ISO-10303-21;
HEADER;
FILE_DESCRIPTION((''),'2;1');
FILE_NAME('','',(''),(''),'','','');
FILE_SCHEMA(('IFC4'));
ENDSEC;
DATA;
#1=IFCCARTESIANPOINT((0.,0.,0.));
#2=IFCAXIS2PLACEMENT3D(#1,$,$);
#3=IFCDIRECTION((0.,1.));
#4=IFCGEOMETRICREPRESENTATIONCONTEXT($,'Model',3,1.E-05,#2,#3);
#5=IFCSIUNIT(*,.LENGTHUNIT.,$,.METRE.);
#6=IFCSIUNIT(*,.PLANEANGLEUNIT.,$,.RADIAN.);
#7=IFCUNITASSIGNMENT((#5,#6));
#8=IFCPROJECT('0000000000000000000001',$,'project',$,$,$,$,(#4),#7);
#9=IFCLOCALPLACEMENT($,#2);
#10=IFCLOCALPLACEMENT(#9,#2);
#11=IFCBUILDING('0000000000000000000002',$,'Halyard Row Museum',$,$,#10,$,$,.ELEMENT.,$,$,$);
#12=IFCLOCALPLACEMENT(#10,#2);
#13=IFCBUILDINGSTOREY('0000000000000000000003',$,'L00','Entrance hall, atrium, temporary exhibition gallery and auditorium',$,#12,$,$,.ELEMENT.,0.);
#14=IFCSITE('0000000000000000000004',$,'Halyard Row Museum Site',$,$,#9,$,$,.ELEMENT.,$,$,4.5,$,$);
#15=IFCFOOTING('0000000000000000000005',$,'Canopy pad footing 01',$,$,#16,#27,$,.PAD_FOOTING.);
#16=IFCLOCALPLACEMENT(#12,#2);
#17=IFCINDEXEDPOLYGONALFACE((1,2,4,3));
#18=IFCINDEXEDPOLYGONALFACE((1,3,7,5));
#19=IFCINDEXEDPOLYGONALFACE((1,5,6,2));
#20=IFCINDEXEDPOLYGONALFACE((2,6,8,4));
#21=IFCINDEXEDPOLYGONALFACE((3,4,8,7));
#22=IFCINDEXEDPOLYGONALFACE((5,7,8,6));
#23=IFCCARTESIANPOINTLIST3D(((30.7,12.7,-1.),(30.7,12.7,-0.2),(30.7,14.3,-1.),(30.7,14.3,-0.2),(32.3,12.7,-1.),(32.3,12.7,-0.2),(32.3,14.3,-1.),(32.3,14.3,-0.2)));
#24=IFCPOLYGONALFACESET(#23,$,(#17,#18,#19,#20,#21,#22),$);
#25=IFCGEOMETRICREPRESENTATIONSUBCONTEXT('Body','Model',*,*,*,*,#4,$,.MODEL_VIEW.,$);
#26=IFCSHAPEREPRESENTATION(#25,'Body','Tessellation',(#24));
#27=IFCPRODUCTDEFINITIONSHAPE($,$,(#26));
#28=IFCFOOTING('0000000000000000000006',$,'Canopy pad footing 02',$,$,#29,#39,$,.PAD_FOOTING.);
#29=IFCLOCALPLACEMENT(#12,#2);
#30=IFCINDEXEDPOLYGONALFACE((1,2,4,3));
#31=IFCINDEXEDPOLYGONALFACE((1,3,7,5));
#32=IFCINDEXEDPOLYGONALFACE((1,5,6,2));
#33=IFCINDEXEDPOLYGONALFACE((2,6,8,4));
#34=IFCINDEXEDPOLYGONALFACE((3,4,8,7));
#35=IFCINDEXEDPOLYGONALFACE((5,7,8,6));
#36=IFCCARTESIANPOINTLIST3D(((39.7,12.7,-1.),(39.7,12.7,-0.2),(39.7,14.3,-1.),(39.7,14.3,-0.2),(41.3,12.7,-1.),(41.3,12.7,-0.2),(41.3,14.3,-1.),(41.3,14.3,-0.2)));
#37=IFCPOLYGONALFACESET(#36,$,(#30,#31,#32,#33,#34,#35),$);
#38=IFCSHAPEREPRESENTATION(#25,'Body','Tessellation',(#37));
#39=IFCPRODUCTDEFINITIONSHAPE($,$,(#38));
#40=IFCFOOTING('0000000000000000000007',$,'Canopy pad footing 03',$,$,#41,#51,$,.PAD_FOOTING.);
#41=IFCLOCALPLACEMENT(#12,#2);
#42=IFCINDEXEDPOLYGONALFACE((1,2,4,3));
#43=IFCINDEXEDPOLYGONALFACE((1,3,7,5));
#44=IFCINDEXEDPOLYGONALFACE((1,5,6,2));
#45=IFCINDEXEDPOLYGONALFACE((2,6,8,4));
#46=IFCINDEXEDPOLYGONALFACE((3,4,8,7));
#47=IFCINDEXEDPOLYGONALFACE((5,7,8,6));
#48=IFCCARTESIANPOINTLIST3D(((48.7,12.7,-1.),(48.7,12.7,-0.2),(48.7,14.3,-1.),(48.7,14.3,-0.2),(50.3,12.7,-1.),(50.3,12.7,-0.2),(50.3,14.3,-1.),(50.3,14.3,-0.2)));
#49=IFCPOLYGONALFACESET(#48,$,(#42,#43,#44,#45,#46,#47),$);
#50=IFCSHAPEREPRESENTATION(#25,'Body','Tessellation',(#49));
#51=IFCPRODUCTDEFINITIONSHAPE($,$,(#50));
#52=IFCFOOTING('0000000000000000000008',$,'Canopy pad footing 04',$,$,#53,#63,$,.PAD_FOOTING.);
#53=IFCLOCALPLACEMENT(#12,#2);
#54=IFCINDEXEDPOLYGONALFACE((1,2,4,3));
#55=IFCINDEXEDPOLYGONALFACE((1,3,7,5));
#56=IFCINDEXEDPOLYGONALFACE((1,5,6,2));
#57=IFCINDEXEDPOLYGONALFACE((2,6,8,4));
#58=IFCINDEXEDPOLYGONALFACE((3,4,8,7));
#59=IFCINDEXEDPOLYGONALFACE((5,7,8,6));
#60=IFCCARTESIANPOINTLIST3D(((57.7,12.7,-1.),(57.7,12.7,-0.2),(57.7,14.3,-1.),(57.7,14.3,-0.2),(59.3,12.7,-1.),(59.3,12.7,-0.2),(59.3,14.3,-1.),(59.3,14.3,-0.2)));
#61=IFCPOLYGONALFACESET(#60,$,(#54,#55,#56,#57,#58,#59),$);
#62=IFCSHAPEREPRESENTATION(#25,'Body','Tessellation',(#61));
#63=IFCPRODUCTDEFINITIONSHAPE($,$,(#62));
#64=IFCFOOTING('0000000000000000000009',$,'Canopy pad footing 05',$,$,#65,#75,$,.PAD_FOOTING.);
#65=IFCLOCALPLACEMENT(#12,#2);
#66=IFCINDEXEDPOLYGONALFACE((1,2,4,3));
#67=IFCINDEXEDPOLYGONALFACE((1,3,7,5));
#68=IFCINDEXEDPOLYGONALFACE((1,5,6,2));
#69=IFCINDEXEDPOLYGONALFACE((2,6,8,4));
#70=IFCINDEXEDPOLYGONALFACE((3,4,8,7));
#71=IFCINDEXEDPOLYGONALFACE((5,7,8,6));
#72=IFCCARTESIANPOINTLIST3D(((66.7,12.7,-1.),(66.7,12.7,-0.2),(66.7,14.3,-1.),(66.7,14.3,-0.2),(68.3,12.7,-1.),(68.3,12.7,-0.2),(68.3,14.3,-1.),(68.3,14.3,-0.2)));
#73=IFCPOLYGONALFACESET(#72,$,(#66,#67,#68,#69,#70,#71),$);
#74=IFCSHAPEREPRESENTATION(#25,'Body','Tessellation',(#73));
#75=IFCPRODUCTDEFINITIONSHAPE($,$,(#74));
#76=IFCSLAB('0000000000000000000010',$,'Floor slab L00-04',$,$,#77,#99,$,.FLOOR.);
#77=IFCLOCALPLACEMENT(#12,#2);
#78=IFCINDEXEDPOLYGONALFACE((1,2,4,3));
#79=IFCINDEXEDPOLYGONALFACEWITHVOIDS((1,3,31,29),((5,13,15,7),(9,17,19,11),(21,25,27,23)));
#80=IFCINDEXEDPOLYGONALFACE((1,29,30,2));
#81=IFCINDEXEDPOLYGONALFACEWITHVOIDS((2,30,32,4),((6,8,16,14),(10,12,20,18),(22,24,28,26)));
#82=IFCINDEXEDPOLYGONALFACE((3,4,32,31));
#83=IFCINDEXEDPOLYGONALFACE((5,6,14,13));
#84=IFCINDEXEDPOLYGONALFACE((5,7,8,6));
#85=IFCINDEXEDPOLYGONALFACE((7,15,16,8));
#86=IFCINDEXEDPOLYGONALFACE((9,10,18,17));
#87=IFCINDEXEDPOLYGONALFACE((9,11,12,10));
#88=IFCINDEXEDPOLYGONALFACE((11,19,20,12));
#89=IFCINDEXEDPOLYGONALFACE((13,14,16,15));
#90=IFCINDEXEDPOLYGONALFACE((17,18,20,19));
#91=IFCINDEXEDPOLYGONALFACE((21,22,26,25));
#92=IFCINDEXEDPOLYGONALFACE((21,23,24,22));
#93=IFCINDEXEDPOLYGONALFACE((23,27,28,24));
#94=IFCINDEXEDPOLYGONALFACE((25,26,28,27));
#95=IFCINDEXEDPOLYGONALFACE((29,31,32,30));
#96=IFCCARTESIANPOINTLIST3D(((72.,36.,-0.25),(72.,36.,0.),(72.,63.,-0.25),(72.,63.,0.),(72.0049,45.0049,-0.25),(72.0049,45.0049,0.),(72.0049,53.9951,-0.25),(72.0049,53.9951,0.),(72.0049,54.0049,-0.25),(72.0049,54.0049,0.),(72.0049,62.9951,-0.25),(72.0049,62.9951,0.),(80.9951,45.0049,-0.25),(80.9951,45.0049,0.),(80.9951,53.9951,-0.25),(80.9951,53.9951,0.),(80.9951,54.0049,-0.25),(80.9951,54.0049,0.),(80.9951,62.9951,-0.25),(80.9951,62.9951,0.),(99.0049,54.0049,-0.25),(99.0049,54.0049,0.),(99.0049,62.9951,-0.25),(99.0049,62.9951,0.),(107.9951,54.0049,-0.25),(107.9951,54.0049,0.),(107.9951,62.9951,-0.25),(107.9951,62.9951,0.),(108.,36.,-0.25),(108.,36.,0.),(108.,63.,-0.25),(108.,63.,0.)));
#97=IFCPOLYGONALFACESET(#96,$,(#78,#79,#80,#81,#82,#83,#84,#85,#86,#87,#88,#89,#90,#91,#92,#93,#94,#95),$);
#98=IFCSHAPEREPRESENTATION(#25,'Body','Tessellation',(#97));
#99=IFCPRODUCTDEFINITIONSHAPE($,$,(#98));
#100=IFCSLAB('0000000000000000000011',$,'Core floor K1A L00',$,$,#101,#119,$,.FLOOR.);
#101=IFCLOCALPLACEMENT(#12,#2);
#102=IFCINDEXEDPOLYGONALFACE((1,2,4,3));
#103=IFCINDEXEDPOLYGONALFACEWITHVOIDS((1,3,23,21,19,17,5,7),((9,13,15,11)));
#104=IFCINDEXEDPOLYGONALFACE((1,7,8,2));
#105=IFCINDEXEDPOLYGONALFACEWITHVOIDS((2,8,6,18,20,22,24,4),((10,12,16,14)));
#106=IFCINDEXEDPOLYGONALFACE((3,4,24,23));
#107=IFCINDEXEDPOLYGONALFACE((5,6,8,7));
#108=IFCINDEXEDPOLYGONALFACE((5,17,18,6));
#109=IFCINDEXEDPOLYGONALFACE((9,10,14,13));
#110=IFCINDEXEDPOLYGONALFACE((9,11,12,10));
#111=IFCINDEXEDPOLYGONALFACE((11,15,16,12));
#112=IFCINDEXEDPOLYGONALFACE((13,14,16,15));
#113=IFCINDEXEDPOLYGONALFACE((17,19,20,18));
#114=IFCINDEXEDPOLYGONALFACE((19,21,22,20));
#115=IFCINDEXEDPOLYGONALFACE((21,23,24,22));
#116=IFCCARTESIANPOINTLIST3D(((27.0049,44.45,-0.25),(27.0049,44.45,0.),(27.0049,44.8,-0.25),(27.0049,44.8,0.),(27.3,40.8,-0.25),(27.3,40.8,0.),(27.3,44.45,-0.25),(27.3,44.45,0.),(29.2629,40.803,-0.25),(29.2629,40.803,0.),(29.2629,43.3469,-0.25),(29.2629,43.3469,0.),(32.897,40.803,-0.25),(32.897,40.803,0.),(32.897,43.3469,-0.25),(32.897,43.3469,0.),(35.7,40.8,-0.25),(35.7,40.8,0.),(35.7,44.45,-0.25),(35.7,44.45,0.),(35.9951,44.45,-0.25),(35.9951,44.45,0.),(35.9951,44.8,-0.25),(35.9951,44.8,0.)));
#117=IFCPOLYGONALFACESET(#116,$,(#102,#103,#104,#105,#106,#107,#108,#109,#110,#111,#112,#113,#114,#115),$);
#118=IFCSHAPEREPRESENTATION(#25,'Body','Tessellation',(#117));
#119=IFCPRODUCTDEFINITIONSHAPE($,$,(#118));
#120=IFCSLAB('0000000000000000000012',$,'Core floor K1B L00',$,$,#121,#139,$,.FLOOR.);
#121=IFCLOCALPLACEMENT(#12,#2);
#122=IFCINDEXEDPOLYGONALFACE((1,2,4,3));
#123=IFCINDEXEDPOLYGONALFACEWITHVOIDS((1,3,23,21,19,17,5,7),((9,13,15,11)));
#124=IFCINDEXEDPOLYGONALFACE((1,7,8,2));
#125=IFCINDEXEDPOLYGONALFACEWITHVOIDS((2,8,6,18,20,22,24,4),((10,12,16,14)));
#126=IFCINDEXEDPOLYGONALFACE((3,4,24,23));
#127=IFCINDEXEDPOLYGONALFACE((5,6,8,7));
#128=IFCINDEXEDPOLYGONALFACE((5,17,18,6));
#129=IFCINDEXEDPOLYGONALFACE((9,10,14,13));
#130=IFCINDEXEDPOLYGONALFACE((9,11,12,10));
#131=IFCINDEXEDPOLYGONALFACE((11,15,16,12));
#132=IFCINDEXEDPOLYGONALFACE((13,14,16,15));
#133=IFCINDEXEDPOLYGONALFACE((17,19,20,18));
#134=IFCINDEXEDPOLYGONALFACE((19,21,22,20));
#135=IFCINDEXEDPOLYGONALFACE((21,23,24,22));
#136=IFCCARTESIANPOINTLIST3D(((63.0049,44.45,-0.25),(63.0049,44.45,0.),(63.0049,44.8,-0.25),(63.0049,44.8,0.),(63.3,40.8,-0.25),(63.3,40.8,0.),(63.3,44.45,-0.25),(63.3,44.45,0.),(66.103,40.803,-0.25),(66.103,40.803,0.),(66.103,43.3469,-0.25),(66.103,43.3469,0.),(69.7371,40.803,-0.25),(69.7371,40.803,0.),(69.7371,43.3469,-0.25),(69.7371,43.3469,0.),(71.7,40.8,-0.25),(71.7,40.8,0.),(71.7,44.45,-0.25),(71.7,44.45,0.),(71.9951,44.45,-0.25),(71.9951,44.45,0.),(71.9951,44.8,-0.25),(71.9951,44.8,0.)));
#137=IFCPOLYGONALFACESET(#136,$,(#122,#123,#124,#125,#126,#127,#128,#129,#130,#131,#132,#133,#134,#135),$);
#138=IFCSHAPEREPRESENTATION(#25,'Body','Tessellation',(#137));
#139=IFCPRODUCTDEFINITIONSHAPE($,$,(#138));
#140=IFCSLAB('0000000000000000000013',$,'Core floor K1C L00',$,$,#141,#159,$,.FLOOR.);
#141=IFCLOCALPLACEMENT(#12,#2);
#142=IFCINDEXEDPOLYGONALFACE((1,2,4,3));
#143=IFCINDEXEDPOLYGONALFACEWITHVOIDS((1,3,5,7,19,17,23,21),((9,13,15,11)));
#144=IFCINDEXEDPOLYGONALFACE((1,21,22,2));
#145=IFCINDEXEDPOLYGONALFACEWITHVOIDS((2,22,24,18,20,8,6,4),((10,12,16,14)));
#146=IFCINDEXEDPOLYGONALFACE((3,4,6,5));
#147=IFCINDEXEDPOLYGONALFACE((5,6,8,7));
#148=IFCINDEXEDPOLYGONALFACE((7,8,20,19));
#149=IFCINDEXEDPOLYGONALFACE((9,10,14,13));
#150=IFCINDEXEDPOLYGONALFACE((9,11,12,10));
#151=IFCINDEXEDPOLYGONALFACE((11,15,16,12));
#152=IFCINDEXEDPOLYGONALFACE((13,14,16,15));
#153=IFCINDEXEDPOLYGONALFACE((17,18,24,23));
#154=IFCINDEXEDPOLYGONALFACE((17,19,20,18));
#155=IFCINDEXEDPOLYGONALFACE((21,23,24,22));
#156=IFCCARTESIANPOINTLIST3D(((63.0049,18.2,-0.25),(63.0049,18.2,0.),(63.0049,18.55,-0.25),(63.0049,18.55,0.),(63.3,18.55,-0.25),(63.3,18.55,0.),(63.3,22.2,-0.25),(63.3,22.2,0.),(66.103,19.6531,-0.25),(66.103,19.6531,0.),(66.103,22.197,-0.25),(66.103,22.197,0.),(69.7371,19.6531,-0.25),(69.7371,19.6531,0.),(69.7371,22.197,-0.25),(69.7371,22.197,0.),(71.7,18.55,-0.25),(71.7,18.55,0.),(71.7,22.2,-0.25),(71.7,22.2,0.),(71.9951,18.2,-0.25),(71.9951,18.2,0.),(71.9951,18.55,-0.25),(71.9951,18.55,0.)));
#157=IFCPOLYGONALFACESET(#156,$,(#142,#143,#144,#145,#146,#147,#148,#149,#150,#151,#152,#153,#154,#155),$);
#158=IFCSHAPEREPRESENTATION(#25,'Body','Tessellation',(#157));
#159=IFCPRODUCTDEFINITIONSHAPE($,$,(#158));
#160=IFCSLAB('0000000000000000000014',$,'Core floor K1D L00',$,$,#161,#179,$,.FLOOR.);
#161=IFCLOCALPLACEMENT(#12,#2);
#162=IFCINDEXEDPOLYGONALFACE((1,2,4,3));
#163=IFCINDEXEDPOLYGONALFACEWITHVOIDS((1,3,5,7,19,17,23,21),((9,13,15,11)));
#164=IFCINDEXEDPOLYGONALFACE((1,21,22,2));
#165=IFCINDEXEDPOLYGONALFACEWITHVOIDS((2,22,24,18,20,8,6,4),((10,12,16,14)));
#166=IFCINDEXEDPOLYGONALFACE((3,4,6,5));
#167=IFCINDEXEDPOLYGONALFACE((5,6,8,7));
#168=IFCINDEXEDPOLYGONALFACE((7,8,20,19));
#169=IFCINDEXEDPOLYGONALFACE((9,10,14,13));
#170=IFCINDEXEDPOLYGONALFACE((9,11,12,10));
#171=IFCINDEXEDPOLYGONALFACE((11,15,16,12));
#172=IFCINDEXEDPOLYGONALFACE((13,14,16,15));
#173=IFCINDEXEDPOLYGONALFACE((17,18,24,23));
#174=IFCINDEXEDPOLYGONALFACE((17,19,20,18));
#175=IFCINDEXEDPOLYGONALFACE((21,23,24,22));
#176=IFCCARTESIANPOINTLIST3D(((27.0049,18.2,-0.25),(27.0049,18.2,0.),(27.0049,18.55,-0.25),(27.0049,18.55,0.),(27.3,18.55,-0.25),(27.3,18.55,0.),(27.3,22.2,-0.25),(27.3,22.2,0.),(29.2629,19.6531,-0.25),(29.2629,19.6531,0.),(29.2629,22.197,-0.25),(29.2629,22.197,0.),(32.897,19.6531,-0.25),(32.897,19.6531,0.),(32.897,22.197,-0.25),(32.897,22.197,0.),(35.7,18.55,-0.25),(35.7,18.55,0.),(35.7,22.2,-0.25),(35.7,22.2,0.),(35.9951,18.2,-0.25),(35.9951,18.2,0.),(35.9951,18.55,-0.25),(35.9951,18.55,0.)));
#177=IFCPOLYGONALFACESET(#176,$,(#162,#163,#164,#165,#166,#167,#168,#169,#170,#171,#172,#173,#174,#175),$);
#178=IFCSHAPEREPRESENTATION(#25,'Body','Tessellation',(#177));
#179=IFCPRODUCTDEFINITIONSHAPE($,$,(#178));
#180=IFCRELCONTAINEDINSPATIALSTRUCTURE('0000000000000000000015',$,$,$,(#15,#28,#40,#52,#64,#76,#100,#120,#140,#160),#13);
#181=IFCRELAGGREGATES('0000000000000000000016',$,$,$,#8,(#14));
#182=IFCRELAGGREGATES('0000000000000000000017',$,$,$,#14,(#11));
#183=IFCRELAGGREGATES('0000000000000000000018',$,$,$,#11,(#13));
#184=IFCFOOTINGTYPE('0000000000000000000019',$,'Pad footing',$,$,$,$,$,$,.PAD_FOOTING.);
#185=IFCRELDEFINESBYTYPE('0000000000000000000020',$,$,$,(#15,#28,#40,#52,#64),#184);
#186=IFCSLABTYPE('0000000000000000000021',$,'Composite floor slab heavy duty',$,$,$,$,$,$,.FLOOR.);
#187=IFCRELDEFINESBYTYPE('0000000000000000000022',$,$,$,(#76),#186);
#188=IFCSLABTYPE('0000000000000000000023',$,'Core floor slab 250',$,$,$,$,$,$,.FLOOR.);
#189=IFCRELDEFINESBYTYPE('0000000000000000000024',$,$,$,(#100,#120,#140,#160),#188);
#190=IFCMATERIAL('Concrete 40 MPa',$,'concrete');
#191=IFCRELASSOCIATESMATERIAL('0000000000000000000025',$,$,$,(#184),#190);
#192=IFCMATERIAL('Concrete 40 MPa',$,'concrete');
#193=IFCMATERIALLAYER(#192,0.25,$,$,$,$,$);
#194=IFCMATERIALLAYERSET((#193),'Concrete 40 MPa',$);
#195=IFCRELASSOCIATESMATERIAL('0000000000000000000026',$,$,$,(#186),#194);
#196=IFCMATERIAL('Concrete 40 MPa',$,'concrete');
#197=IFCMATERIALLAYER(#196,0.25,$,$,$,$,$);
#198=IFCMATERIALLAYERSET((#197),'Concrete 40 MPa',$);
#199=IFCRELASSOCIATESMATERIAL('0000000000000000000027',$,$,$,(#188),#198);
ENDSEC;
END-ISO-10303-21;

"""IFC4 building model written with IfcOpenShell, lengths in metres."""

from ifc_helpers import new_model, si_unit, direction, frame, origin, place, context, subcontext, project, spatial, polyline, outline, extrude, material, layer, layer_set, type_object, element, save


model = new_model("IFC4")

# Units and contexts
model_context = context("Model", 3, precision=1e-05, world=origin(), true_north=direction((0.0, 1.0)))
body_context = subcontext(model_context, "Body", "Model", "MODEL_VIEW")
ifc_project = project(units=[si_unit("LENGTHUNIT", "METRE"), si_unit("PLANEANGLEUNIT", "RADIAN")], contexts=[model_context])

# Site, building, storey
site_placement = place(None, origin())
site = spatial("IfcSite", under=ifc_project, at=site_placement, Name="Halyard Row Museum Site", CompositionType="ELEMENT", RefElevation=4.5)
building_placement = place(site_placement, origin())
building = spatial("IfcBuilding", under=site, at=building_placement, Name="Halyard Row Museum", CompositionType="ELEMENT")
storey_placement = place(building_placement, origin())
storey = spatial("IfcBuildingStorey", under=building, at=storey_placement, Name="L00", Description="Entrance hall, atrium, temporary exhibition gallery and auditorium", CompositionType="ELEMENT", Elevation=0.0)

# Footings
ifc_material_1 = material(Name="Concrete 40 MPa", Category="concrete")
footing_type = type_object("IfcFootingType", Name="Pad footing", PredefinedType="PAD_FOOTING", material=ifc_material_1)
footing_1_placement = place(storey_placement, frame((0.0, 0.0, -1.0)))
element("IfcFooting", 1, at=footing_1_placement, inside=storey, type_object=footing_type, Name="Canopy pad footing 01", PredefinedType="PAD_FOOTING", context=body_context, shape_type="SweptSolid", body=[
    extrude(outline(polyline([(30.7, 12.7), (32.3, 12.7), (32.3, 14.3), (30.7, 14.3), (30.7, 12.7)])), origin(), (0.0, 0.0, 1.0), 0.8),
])
footing_2_placement = place(storey_placement, frame((0.0, 0.0, -1.0)))
element("IfcFooting", 2, at=footing_2_placement, inside=storey, type_object=footing_type, Name="Canopy pad footing 02", PredefinedType="PAD_FOOTING", context=body_context, shape_type="SweptSolid", body=[
    extrude(outline(polyline([(39.7, 12.7), (41.3, 12.7), (41.3, 14.3), (39.7, 14.3), (39.7, 12.7)])), origin(), (0.0, 0.0, 1.0), 0.8),
])
footing_3_placement = place(storey_placement, frame((0.0, 0.0, -1.0)))
element("IfcFooting", 3, at=footing_3_placement, inside=storey, type_object=footing_type, Name="Canopy pad footing 03", PredefinedType="PAD_FOOTING", context=body_context, shape_type="SweptSolid", body=[
    extrude(outline(polyline([(48.7, 12.7), (50.3, 12.7), (50.3, 14.3), (48.7, 14.3), (48.7, 12.7)])), origin(), (0.0, 0.0, 1.0), 0.8),
])
footing_4_placement = place(storey_placement, frame((0.0, 0.0, -1.0)))
element("IfcFooting", 4, at=footing_4_placement, inside=storey, type_object=footing_type, Name="Canopy pad footing 04", PredefinedType="PAD_FOOTING", context=body_context, shape_type="SweptSolid", body=[
    extrude(outline(polyline([(57.7, 12.7), (59.3, 12.7), (59.3, 14.3), (57.7, 14.3), (57.7, 12.7)])), origin(), (0.0, 0.0, 1.0), 0.8),
])
footing_5_placement = place(storey_placement, frame((0.0, 0.0, -1.0)))
element("IfcFooting", 5, at=footing_5_placement, inside=storey, type_object=footing_type, Name="Canopy pad footing 05", PredefinedType="PAD_FOOTING", context=body_context, shape_type="SweptSolid", body=[
    extrude(outline(polyline([(66.7, 12.7), (68.3, 12.7), (68.3, 14.3), (66.7, 14.3), (66.7, 12.7)])), origin(), (0.0, 0.0, 1.0), 0.8),
])

# Slabs
ifc_material_2 = material(Name="Concrete 40 MPa", Category="concrete")
ifc_layer_1 = layer(ifc_material_2, 0.25)
ifc_layer_set_1 = layer_set([ifc_layer_1], Name="Concrete 40 MPa")
slab_type_1 = type_object("IfcSlabType", Name="Composite floor slab heavy duty", PredefinedType="FLOOR", material=ifc_layer_set_1)
slab_1_placement = place(storey_placement, frame((0.0, 0.0, -0.25)))
element("IfcSlab", 6, at=slab_1_placement, inside=storey, type_object=slab_type_1, Name="Floor slab L00-04", PredefinedType="FLOOR", context=body_context, shape_type="SweptSolid", body=[
    extrude(outline(polyline([(72.0, 36.0), (108.0, 36.0), (108.0, 63.0), (72.0, 63.0), (72.0, 36.0)]), holes=[polyline([(72.0049, 45.0049), (72.0049, 53.9951), (80.9951, 53.9951), (80.9951, 45.0049), (72.0049, 45.0049)]), polyline([(72.0049, 54.0049), (72.0049, 62.9951), (80.9951, 62.9951), (80.9951, 54.0049), (72.0049, 54.0049)]), polyline([(99.0049, 54.0049), (99.0049, 62.9951), (107.9951, 62.9951), (107.9951, 54.0049), (99.0049, 54.0049)])]), origin(), (0.0, 0.0, 1.0), 0.25),
])
ifc_material_3 = material(Name="Concrete 40 MPa", Category="concrete")
ifc_layer_2 = layer(ifc_material_3, 0.25)
ifc_layer_set_2 = layer_set([ifc_layer_2], Name="Concrete 40 MPa")
slab_type_2 = type_object("IfcSlabType", Name="Core floor slab 250", PredefinedType="FLOOR", material=ifc_layer_set_2)
slab_2_placement = place(storey_placement, frame((0.0, 0.0, -0.25)))
element("IfcSlab", 7, at=slab_2_placement, inside=storey, type_object=slab_type_2, Name="Core floor K1A L00", PredefinedType="FLOOR", context=body_context, shape_type="SweptSolid", body=[
    extrude(outline(polyline([(27.3, 40.8), (35.7, 40.8), (35.7, 44.45), (35.9951, 44.45), (35.9951, 44.8), (27.0049, 44.8), (27.0049, 44.45), (27.3, 44.45), (27.3, 40.8)]), holes=[polyline([(32.897, 40.803), (29.2629, 40.803), (29.2629, 43.3469), (32.897, 43.3469), (32.897, 40.803)])]), origin(), (0.0, 0.0, 1.0), 0.25),
])
slab_3_placement = place(storey_placement, frame((0.0, 0.0, -0.25)))
element("IfcSlab", 8, at=slab_3_placement, inside=storey, type_object=slab_type_2, Name="Core floor K1B L00", PredefinedType="FLOOR", context=body_context, shape_type="SweptSolid", body=[
    extrude(outline(polyline([(63.3, 40.8), (71.7, 40.8), (71.7, 44.45), (71.9951, 44.45), (71.9951, 44.8), (63.0049, 44.8), (63.0049, 44.45), (63.3, 44.45), (63.3, 40.8)]), holes=[polyline([(69.7371, 43.3469), (69.7371, 40.803), (66.103, 40.803), (66.103, 43.3469), (69.7371, 43.3469)])]), origin(), (0.0, 0.0, 1.0), 0.25),
])
slab_4_placement = place(storey_placement, frame((0.0, 0.0, -0.25)))
element("IfcSlab", 9, at=slab_4_placement, inside=storey, type_object=slab_type_2, Name="Core floor K1C L00", PredefinedType="FLOOR", context=body_context, shape_type="SweptSolid", body=[
    extrude(outline(polyline([(63.0049, 18.2), (71.9951, 18.2), (71.9951, 18.55), (71.7, 18.55), (71.7, 22.2), (63.3, 22.2), (63.3, 18.55), (63.0049, 18.55), (63.0049, 18.2)]), holes=[polyline([(66.103, 22.197), (69.7371, 22.197), (69.7371, 19.6531), (66.103, 19.6531), (66.103, 22.197)])]), origin(), (0.0, 0.0, 1.0), 0.25),
])
slab_5_placement = place(storey_placement, frame((0.0, 0.0, -0.25)))
element("IfcSlab", 10, at=slab_5_placement, inside=storey, type_object=slab_type_2, Name="Core floor K1D L00", PredefinedType="FLOOR", context=body_context, shape_type="SweptSolid", body=[
    extrude(outline(polyline([(27.0049, 18.2), (35.9951, 18.2), (35.9951, 18.55), (35.7, 18.55), (35.7, 22.2), (27.3, 22.2), (27.3, 18.55), (27.0049, 18.55), (27.0049, 18.2)]), holes=[polyline([(29.2629, 19.6531), (29.2629, 22.197), (32.897, 22.197), (32.897, 19.6531), (29.2629, 19.6531)])]), origin(), (0.0, 0.0, 1.0), 0.25),
])

save(model, "model.ifc")
